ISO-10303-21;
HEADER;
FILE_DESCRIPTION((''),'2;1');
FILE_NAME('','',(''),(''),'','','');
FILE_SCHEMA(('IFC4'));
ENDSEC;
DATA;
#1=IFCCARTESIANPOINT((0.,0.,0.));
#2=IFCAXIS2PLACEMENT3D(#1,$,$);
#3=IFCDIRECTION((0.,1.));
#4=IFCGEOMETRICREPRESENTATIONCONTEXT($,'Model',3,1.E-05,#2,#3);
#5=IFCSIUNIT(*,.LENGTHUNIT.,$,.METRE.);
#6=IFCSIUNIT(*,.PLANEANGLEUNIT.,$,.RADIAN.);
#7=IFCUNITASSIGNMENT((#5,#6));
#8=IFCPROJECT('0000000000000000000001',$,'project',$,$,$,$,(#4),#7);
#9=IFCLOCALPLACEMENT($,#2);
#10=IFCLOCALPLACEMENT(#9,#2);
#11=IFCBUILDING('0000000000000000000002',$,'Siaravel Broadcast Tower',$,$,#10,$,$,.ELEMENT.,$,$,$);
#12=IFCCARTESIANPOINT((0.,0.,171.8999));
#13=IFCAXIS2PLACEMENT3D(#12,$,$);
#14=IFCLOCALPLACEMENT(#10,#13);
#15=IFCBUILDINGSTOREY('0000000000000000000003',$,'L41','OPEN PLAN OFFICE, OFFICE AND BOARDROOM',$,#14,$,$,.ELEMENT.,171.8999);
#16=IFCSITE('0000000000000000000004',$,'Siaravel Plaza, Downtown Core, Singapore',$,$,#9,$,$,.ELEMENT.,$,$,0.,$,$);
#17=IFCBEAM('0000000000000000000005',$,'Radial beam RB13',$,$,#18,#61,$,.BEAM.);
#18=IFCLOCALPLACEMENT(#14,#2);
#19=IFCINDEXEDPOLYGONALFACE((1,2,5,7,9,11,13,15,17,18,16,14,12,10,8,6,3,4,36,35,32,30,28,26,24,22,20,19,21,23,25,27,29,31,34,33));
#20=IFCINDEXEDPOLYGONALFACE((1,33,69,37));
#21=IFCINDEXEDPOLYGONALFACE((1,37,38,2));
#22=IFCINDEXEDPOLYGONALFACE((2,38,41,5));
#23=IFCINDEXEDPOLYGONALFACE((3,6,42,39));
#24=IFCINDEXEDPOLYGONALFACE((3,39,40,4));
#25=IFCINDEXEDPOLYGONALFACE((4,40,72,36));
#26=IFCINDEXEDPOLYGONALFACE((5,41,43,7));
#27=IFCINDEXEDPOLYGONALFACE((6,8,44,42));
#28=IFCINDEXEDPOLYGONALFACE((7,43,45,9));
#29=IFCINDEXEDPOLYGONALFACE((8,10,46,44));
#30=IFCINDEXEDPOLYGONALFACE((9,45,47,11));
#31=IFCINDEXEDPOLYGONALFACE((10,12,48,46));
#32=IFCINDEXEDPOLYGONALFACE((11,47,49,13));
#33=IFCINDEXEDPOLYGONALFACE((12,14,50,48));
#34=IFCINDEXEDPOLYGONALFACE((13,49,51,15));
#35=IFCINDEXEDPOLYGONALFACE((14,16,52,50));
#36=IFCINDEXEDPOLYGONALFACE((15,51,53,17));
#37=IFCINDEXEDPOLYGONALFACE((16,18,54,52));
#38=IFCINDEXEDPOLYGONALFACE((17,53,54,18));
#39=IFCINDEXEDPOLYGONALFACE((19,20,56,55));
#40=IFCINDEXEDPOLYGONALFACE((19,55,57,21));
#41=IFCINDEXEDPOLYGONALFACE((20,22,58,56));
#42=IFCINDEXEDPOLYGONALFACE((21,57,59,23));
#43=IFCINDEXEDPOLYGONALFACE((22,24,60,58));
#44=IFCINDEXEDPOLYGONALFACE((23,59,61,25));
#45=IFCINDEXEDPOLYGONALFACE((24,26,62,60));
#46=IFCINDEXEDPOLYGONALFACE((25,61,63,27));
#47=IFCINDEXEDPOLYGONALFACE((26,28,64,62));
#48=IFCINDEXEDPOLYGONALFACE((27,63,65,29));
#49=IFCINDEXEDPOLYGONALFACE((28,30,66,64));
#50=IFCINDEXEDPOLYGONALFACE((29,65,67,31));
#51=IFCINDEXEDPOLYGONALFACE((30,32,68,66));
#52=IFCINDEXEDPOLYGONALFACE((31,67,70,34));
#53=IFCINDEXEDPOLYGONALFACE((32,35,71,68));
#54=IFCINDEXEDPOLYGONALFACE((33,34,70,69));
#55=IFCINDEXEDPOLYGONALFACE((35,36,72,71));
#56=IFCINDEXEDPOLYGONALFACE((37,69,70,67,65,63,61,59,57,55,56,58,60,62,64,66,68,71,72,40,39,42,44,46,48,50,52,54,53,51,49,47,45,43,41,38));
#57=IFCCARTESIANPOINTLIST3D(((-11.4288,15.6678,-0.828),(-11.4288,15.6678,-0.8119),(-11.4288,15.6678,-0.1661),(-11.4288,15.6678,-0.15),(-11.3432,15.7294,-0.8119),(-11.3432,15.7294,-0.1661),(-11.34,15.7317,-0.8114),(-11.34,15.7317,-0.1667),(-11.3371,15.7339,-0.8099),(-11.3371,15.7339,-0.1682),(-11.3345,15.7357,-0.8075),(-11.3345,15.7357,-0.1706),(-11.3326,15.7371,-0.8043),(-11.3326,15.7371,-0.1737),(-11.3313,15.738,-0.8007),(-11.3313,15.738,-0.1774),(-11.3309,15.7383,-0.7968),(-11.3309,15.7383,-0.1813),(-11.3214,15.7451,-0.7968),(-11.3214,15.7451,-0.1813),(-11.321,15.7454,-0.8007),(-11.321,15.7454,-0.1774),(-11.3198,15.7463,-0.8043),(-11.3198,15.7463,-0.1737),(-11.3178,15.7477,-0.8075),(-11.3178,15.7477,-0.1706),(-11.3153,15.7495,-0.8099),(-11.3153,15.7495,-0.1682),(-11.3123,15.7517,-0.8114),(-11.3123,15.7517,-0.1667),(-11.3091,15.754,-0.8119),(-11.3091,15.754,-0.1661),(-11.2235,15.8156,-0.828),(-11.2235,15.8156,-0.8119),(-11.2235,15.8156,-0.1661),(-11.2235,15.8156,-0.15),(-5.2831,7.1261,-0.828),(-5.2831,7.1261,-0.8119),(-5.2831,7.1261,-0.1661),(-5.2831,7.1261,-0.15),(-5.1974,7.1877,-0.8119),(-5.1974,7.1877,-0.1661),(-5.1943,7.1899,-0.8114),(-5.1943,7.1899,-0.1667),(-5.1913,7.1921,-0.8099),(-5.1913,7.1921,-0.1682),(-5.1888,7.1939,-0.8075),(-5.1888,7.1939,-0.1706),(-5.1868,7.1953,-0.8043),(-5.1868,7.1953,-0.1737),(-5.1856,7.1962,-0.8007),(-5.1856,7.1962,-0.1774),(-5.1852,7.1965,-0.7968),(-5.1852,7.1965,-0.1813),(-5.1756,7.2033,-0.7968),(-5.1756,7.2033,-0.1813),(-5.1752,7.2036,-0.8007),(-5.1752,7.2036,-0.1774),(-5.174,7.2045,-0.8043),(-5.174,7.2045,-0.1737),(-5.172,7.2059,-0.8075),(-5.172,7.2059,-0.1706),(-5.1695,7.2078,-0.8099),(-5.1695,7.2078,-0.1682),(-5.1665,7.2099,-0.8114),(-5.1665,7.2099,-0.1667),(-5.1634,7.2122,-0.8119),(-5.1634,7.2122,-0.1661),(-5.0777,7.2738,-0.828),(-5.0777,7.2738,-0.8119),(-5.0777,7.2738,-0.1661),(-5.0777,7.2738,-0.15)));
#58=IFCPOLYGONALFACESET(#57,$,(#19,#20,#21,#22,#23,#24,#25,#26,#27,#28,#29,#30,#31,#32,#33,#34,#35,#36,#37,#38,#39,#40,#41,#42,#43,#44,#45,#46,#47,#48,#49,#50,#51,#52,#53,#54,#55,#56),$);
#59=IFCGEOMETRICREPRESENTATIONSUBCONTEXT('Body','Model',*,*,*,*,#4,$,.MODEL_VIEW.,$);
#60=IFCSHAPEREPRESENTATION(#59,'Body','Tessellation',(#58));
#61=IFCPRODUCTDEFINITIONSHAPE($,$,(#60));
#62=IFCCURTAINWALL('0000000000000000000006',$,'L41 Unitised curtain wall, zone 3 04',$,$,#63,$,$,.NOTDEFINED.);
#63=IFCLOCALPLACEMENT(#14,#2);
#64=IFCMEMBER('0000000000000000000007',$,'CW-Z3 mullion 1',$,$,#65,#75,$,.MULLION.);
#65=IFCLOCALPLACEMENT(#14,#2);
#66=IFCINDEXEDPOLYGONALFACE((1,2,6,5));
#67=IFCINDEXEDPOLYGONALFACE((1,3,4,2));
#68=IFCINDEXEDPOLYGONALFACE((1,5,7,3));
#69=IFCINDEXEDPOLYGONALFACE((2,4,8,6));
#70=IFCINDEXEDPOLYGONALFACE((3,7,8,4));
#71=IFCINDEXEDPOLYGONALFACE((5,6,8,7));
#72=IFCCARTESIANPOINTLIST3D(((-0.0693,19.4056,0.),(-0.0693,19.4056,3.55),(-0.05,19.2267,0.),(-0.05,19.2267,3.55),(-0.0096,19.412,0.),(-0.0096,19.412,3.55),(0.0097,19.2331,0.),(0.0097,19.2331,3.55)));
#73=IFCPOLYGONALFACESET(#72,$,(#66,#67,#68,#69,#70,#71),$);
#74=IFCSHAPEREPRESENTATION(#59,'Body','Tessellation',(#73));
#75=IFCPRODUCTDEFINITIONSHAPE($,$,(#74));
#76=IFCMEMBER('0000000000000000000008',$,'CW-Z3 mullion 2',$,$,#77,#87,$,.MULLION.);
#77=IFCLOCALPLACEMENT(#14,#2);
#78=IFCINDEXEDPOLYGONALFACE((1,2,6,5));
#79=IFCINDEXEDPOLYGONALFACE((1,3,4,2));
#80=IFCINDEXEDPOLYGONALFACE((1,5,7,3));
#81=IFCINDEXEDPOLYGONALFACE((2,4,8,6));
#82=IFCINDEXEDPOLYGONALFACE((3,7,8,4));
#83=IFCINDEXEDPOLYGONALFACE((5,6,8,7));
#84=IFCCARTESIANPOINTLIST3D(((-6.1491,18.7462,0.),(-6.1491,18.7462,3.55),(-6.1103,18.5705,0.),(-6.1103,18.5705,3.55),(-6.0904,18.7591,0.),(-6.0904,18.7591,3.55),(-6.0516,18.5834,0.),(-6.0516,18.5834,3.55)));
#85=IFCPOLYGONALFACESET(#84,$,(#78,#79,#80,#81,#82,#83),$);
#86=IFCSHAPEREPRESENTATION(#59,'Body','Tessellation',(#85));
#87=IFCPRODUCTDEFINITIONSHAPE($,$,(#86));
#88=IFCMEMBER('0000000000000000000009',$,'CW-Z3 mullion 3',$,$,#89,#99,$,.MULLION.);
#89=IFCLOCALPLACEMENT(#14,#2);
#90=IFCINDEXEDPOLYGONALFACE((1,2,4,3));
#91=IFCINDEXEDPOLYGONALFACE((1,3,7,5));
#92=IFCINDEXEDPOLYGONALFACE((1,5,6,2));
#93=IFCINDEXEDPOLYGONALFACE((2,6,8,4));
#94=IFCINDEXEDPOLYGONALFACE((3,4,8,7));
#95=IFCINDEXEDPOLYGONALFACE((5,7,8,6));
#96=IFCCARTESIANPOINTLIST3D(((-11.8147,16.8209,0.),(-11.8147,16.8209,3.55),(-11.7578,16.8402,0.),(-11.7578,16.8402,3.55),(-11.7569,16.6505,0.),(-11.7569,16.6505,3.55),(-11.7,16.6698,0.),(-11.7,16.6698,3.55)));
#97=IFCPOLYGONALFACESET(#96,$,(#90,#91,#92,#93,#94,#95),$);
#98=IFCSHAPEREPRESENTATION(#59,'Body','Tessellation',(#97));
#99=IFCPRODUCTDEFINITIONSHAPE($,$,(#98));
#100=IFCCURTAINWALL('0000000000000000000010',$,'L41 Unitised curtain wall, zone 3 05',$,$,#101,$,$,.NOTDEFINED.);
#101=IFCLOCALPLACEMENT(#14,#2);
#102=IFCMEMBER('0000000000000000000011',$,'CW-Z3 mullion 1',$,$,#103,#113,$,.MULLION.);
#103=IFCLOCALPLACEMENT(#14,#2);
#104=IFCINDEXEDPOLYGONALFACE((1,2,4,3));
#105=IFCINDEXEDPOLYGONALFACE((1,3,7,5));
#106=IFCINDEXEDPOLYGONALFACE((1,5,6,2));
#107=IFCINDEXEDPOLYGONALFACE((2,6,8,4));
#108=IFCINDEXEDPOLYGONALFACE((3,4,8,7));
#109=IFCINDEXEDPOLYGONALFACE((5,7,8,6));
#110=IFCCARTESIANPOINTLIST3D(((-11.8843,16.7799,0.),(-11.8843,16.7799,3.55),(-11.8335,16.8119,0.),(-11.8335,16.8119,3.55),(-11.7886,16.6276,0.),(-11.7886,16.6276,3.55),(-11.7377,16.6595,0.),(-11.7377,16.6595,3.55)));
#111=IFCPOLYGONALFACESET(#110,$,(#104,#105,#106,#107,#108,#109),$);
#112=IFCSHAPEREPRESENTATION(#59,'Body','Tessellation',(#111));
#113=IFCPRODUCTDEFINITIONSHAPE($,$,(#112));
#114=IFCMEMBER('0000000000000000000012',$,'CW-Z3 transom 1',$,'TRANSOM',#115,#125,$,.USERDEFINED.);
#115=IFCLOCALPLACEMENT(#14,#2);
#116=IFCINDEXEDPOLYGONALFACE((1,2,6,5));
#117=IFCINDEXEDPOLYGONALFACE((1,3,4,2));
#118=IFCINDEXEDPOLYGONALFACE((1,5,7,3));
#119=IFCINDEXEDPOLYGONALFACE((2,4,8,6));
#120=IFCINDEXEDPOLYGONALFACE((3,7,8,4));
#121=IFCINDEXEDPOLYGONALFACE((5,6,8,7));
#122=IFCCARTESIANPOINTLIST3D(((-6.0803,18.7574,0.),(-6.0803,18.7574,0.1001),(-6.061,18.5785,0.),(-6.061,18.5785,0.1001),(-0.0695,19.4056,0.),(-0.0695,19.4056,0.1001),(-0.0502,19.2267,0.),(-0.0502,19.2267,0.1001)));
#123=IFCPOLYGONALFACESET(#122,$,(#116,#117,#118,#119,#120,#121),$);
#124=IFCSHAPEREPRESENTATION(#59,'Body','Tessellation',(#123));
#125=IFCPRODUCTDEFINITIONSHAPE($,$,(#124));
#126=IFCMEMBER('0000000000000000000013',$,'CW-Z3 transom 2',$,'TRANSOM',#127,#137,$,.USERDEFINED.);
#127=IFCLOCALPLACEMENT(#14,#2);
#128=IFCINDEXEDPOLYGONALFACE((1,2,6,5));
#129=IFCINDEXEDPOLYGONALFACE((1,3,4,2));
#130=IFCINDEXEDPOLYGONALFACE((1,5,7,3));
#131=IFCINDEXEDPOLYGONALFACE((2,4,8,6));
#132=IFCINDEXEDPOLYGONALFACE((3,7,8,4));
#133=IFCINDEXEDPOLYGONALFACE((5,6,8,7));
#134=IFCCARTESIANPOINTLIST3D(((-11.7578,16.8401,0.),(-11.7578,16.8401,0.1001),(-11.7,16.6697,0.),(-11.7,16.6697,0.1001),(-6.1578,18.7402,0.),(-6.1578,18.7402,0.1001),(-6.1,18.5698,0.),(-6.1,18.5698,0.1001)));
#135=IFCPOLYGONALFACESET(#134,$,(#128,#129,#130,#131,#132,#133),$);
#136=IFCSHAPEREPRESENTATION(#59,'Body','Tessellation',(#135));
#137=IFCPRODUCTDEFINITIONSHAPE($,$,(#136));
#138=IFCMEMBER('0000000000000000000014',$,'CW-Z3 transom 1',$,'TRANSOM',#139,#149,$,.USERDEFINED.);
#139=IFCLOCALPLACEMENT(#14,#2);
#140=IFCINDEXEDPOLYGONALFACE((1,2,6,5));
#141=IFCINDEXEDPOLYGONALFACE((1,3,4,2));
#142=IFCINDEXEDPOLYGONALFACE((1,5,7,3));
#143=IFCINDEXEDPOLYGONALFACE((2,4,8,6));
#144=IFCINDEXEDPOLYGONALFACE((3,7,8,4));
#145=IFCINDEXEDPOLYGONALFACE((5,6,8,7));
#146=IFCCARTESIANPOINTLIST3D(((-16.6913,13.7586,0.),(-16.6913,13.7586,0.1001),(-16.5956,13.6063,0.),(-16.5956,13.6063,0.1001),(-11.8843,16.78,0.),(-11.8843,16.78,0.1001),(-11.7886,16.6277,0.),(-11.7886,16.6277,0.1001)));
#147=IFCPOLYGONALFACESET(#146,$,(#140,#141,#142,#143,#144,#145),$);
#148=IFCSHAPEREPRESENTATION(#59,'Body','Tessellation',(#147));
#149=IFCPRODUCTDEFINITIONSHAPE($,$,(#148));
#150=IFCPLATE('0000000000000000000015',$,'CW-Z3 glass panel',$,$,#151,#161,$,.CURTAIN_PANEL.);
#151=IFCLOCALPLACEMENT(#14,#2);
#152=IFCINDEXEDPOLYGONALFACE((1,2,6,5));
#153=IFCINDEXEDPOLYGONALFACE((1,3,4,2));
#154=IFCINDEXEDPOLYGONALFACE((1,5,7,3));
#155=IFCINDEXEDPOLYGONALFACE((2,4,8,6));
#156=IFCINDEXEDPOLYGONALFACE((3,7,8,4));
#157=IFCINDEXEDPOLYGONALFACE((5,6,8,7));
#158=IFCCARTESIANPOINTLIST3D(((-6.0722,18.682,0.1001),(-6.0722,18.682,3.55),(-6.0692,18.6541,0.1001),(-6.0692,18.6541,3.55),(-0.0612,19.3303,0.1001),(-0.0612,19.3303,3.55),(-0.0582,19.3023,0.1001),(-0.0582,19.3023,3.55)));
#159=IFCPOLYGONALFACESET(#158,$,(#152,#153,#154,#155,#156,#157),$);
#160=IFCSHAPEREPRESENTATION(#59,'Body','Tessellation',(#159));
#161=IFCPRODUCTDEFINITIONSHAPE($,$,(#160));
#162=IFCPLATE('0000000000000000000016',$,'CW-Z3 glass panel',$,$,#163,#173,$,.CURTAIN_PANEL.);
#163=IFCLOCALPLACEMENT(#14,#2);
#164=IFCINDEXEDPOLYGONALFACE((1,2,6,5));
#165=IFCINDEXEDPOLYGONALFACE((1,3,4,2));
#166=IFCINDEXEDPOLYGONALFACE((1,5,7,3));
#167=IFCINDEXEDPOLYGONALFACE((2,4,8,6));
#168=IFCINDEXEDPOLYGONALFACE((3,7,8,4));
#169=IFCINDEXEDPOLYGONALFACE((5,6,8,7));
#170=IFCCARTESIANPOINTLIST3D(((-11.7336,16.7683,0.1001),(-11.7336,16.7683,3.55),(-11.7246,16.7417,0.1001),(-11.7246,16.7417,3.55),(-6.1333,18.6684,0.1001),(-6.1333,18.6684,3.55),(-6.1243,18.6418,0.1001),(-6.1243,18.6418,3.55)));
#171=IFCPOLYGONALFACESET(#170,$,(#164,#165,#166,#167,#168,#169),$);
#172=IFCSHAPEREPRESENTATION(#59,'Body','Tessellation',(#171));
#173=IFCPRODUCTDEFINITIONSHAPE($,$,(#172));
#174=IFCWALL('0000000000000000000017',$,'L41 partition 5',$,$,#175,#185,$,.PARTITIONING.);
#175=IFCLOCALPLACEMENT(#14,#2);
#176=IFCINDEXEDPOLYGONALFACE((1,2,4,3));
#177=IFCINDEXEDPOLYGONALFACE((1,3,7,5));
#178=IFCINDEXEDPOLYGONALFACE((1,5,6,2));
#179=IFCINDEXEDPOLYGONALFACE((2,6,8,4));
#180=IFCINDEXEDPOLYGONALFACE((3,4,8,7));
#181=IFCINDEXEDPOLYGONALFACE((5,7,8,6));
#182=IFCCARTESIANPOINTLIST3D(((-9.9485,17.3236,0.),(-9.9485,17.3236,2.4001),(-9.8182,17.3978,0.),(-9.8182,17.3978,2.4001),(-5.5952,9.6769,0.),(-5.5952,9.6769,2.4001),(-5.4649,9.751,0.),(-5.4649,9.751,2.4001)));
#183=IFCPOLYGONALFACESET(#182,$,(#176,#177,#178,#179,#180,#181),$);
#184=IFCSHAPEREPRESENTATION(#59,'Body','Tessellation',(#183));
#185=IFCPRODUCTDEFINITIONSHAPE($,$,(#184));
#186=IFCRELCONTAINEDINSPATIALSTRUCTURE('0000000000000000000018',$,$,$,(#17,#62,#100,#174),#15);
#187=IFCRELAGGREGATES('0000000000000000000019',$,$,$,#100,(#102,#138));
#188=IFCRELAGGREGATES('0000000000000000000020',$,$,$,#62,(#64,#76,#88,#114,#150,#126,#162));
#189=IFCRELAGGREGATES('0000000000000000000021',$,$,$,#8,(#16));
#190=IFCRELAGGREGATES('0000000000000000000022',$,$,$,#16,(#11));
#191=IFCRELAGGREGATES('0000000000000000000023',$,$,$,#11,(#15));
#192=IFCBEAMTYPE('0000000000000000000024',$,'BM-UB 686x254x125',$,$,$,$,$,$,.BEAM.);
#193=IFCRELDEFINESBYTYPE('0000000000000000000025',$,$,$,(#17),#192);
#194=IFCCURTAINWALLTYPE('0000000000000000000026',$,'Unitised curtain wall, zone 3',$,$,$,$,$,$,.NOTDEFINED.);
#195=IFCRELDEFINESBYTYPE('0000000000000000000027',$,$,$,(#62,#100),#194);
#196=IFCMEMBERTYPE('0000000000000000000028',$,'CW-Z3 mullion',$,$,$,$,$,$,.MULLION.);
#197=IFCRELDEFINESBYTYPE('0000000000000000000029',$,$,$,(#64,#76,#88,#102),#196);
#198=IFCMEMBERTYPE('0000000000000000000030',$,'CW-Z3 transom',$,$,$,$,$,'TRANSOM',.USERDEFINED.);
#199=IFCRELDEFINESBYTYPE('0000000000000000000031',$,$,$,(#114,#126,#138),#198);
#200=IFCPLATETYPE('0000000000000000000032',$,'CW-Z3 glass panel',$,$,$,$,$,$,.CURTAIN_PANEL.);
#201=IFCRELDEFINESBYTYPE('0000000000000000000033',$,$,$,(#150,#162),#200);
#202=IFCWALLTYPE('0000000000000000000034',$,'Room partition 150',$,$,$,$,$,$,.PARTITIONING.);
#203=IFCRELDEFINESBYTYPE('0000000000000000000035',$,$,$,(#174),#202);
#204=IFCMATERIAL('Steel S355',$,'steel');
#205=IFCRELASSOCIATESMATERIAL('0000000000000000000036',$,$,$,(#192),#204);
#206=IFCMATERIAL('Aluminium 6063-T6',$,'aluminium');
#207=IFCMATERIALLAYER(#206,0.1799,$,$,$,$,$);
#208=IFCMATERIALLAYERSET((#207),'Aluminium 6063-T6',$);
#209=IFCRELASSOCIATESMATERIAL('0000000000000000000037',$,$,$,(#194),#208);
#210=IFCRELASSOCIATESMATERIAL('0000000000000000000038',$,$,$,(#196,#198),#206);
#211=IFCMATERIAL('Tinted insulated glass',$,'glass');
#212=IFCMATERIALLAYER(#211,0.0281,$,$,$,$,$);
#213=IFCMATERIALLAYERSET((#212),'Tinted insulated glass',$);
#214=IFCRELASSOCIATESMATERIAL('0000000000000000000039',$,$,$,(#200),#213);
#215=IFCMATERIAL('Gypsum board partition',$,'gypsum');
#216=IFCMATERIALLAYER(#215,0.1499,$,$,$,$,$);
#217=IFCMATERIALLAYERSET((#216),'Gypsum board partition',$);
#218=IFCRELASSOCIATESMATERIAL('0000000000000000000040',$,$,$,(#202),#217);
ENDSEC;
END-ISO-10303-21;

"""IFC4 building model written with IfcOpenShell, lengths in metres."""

from ifc_helpers import new_model, si_unit, direction, frame, frame_2d, origin, origin_2d, place, context, subcontext, project, spatial, rectangle, i_section, extrude, material, layer, layer_set, material_profile, profile_set, type_object, element, aggregate, save


model = new_model("IFC4")

# Units and contexts
model_context = context("Model", 3, precision=1e-05, world=origin(), true_north=direction((0.0, 1.0)))
body_context = subcontext(model_context, "Body", "Model", "MODEL_VIEW")
ifc_project = project(units=[si_unit("LENGTHUNIT", "METRE"), si_unit("PLANEANGLEUNIT", "RADIAN")], contexts=[model_context])

# Site, building, storey
site_placement = place(None, origin())
site = spatial("IfcSite", under=ifc_project, at=site_placement, Name="Siaravel Plaza, Downtown Core, Singapore", CompositionType="ELEMENT", RefElevation=0.0)
building_placement = place(site_placement, origin())
building = spatial("IfcBuilding", under=site, at=building_placement, Name="Siaravel Broadcast Tower", CompositionType="ELEMENT")
storey_placement = place(building_placement, frame((0.0, 0.0, 171.8999)))
storey = spatial("IfcBuildingStorey", under=building, at=storey_placement, Name="L41", Description="OPEN PLAN OFFICE, OFFICE AND BOARDROOM", CompositionType="ELEMENT", Elevation=171.8999)

# Beam
ifc_material_1 = material(Name="Steel S355", Category="steel")
ifc_material_profile_1 = material_profile(ifc_material_1, i_section(OverallWidth=0.2529, OverallDepth=0.678, WebThickness=0.0117, FlangeThickness=0.0161, FilletRadius=0.0151, at=origin_2d()))
ifc_profile_set_1 = profile_set([ifc_material_profile_1], Name="Steel S355")
beam_type = type_object("IfcBeamType", Name="BM-UB 686x254x125", PredefinedType="BEAM", material=ifc_profile_set_1)
beam_1_placement = place(storey_placement, frame((-11.3262, 15.7417, -0.489), z_axis=(0.584035, -0.811728, 0.0), x_axis=(0.811728, 0.584035, 0.0)))
element("IfcBeam", 1, at=beam_1_placement, inside=storey, type_object=beam_type, Name="Radial beam RB13", PredefinedType="BEAM", context=body_context, shape_type="SweptSolid", body=[
    extrude(i_section(OverallWidth=0.2529, OverallDepth=0.678, WebThickness=0.0117, FlangeThickness=0.0161, FilletRadius=0.0151, at=origin_2d()), origin(), (0.0, 0.0, 1.0), 10.5229),
])

# Curtain wall, members
ifc_material_2 = material(Name="Aluminium 6063-T6", Category="aluminium")
ifc_layer_1 = layer(ifc_material_2, 0.1799)
ifc_layer_set_1 = layer_set([ifc_layer_1], Name="Aluminium 6063-T6")
curtain_wall_type = type_object("IfcCurtainWallType", Name="Unitised curtain wall, zone 3", PredefinedType="NOTDEFINED", material=ifc_layer_set_1)
curtain_wall_1_placement = place(storey_placement, origin())
curtain_wall_1 = element("IfcCurtainWall", 2, at=curtain_wall_1_placement, inside=storey, type_object=curtain_wall_type, Name="L41 Unitised curtain wall, zone 3 04", PredefinedType="NOTDEFINED")
ifc_material_profile_2 = material_profile(ifc_material_2, rectangle(XDim=0.1799, YDim=0.0601, at=origin_2d()))
ifc_profile_set_2 = profile_set([ifc_material_profile_2], Name="Aluminium 6063-T6")
member_type_1 = type_object("IfcMemberType", Name="CW-Z3 mullion", PredefinedType="MULLION", material=ifc_profile_set_2)
member_1_placement = place(storey_placement, frame((-0.0298, 19.3193, 0.0), z_axis=(0.0, 0.0, 1.0), x_axis=(0.107217, -0.994236, 0.0)))
member_1 = element("IfcMember", 3, at=member_1_placement, type_object=member_type_1, Name="CW-Z3 mullion 1", PredefinedType="MULLION", context=body_context, shape_type="SweptSolid", body=[
    extrude(rectangle(XDim=0.1799, YDim=0.0601, at=origin_2d()), origin(), (0.0, 0.0, 1.0), 3.55),
])
member_2_placement = place(storey_placement, frame((-6.1003, 18.6648, 0.0), z_axis=(0.0, 0.0, 1.0), x_axis=(0.215558, -0.976491, 0.0)))
member_2 = element("IfcMember", 4, at=member_2_placement, type_object=member_type_1, Name="CW-Z3 mullion 2", PredefinedType="MULLION", context=body_context, shape_type="SweptSolid", body=[
    extrude(rectangle(XDim=0.1799, YDim=0.0601, at=origin_2d()), origin(), (0.0, 0.0, 1.0), 3.55),
])
member_3_placement = place(storey_placement, frame((-11.7573, 16.7454, 0.0), z_axis=(0.0, 0.0, 1.0), x_axis=(0.3213, -0.946977, 0.0)))
member_3 = element("IfcMember", 5, at=member_3_placement, type_object=member_type_1, Name="CW-Z3 mullion 3", PredefinedType="MULLION", context=body_context, shape_type="SweptSolid", body=[
    extrude(rectangle(XDim=0.1799, YDim=0.0601, at=origin_2d()), origin(), (0.0, 0.0, 1.0), 3.55),
])

# Curtain wall, member
curtain_wall_2_placement = place(storey_placement, origin())
curtain_wall_2 = element("IfcCurtainWall", 6, at=curtain_wall_2_placement, inside=storey, type_object=curtain_wall_type, Name="L41 Unitised curtain wall, zone 3 05", PredefinedType="NOTDEFINED")
member_4_placement = place(storey_placement, frame((-11.811, 16.7197, 0.0), z_axis=(0.0, 0.0, 1.0), x_axis=(0.532149, -0.846651, 0.0)))
member_4 = element("IfcMember", 7, at=member_4_placement, type_object=member_type_1, Name="CW-Z3 mullion 1", PredefinedType="MULLION", context=body_context, shape_type="SweptSolid", body=[
    extrude(rectangle(XDim=0.1799, YDim=0.0601, at=origin_2d()), origin(), (0.0, 0.0, 1.0), 3.55),
])

# Members
ifc_material_profile_3 = material_profile(ifc_material_2, rectangle(XDim=0.1799, YDim=0.1001, at=origin_2d()))
ifc_profile_set_3 = profile_set([ifc_material_profile_3], Name="Aluminium 6063-T6")
member_type_2 = type_object("IfcMemberType", Name="CW-Z3 transom", ElementType="TRANSOM", PredefinedType="USERDEFINED", material=ifc_profile_set_3)
member_5_placement = place(storey_placement, frame((-0.0598, 19.3162, 0.05), z_axis=(-0.994236, -0.107218, 0.0), x_axis=(0.107218, -0.994236, 0.0)))
member_5 = element("IfcMember", 8, at=member_5_placement, type_object=member_type_2, Name="CW-Z3 transom 1", ObjectType="TRANSOM", PredefinedType="USERDEFINED", context=body_context, shape_type="SweptSolid", body=[
    extrude(rectangle(XDim=0.1799, YDim=0.1001, at=origin_2d()), origin(), (0.0, 0.0, 1.0), 6.0457),
])
member_6_placement = place(storey_placement, frame((-6.1289, 18.655, 0.05), z_axis=(-0.946973, -0.321314, 0.0), x_axis=(0.321314, -0.946973, 0.0)))
member_6 = element("IfcMember", 9, at=member_6_placement, type_object=member_type_2, Name="CW-Z3 transom 2", ObjectType="TRANSOM", PredefinedType="USERDEFINED", context=body_context, shape_type="SweptSolid", body=[
    extrude(rectangle(XDim=0.1799, YDim=0.1001, at=origin_2d()), origin(), (0.0, 0.0, 1.0), 5.9136),
])
member_7_placement = place(storey_placement, frame((-11.8364, 16.7039, 0.05), z_axis=(-0.846648, -0.532154, 0.0), x_axis=(0.532154, -0.846648, 0.0)))
member_7 = element("IfcMember", 10, at=member_7_placement, type_object=member_type_2, Name="CW-Z3 transom 1", ObjectType="TRANSOM", PredefinedType="USERDEFINED", context=body_context, shape_type="SweptSolid", body=[
    extrude(rectangle(XDim=0.1799, YDim=0.1001, at=origin_2d()), origin(), (0.0, 0.0, 1.0), 5.6777),
])
aggregate(curtain_wall_2, [member_4, member_7])

# Plates
ifc_material_3 = material(Name="Tinted insulated glass", Category="glass")
ifc_layer_2 = layer(ifc_material_3, 0.0281)
ifc_layer_set_2 = layer_set([ifc_layer_2], Name="Tinted insulated glass")
plate_type = type_object("IfcPlateType", Name="CW-Z3 glass panel", PredefinedType="CURTAIN_PANEL", material=ifc_layer_set_2)
plate_1_placement = place(storey_placement, frame((-3.0652, 18.9922, 0.1001), z_axis=(0.0, 0.0, 1.0), x_axis=(-0.994236, -0.107217, 0.0)))
plate_1 = element("IfcPlate", 11, at=plate_1_placement, type_object=plate_type, Name="CW-Z3 glass panel", PredefinedType="CURTAIN_PANEL", context=body_context, shape_type="SweptSolid", body=[
    extrude(rectangle(XDim=6.0459, YDim=0.0281, at=origin_2d()), origin(), (0.0, 0.0, 1.0), 3.45),
])
plate_2_placement = place(storey_placement, frame((-8.929, 17.7051, 0.1001), z_axis=(0.0, 0.0, 1.0), x_axis=(-0.946977, -0.3213, 0.0)))
plate_2 = element("IfcPlate", 12, at=plate_2_placement, type_object=plate_type, Name="CW-Z3 glass panel", PredefinedType="CURTAIN_PANEL", context=body_context, shape_type="SweptSolid", body=[
    extrude(rectangle(XDim=5.9138, YDim=0.0281, at=origin_2d()), origin(), (0.0, 0.0, 1.0), 3.45),
])
aggregate(curtain_wall_1, [member_1, member_2, member_3, member_5, plate_1, member_6, plate_2])

# Wall
ifc_material_4 = material(Name="Gypsum board partition", Category="gypsum")
ifc_layer_3 = layer(ifc_material_4, 0.1499)
ifc_layer_set_3 = layer_set([ifc_layer_3], Name="Gypsum board partition")
wall_type = type_object("IfcWallType", Name="Room partition 150", PredefinedType="PARTITIONING", material=ifc_layer_set_3)
wall_placement = place(storey_placement, frame((-9.8833, 17.3606, 0.0), z_axis=(0.0, 0.0, 1.0), x_axis=(0.494743, -0.869039, 0.0)))
element("IfcWall", 13, at=wall_placement, inside=storey, type_object=wall_type, Name="L41 partition 5", PredefinedType="PARTITIONING", context=body_context, shape_type="SweptSolid", body=[
    extrude(rectangle(XDim=8.7991, YDim=0.1499, at=frame_2d((4.3994, 0.0))), origin(), (0.0, 0.0, 1.0), 2.4001),
])

save(model, "model.ifc")
